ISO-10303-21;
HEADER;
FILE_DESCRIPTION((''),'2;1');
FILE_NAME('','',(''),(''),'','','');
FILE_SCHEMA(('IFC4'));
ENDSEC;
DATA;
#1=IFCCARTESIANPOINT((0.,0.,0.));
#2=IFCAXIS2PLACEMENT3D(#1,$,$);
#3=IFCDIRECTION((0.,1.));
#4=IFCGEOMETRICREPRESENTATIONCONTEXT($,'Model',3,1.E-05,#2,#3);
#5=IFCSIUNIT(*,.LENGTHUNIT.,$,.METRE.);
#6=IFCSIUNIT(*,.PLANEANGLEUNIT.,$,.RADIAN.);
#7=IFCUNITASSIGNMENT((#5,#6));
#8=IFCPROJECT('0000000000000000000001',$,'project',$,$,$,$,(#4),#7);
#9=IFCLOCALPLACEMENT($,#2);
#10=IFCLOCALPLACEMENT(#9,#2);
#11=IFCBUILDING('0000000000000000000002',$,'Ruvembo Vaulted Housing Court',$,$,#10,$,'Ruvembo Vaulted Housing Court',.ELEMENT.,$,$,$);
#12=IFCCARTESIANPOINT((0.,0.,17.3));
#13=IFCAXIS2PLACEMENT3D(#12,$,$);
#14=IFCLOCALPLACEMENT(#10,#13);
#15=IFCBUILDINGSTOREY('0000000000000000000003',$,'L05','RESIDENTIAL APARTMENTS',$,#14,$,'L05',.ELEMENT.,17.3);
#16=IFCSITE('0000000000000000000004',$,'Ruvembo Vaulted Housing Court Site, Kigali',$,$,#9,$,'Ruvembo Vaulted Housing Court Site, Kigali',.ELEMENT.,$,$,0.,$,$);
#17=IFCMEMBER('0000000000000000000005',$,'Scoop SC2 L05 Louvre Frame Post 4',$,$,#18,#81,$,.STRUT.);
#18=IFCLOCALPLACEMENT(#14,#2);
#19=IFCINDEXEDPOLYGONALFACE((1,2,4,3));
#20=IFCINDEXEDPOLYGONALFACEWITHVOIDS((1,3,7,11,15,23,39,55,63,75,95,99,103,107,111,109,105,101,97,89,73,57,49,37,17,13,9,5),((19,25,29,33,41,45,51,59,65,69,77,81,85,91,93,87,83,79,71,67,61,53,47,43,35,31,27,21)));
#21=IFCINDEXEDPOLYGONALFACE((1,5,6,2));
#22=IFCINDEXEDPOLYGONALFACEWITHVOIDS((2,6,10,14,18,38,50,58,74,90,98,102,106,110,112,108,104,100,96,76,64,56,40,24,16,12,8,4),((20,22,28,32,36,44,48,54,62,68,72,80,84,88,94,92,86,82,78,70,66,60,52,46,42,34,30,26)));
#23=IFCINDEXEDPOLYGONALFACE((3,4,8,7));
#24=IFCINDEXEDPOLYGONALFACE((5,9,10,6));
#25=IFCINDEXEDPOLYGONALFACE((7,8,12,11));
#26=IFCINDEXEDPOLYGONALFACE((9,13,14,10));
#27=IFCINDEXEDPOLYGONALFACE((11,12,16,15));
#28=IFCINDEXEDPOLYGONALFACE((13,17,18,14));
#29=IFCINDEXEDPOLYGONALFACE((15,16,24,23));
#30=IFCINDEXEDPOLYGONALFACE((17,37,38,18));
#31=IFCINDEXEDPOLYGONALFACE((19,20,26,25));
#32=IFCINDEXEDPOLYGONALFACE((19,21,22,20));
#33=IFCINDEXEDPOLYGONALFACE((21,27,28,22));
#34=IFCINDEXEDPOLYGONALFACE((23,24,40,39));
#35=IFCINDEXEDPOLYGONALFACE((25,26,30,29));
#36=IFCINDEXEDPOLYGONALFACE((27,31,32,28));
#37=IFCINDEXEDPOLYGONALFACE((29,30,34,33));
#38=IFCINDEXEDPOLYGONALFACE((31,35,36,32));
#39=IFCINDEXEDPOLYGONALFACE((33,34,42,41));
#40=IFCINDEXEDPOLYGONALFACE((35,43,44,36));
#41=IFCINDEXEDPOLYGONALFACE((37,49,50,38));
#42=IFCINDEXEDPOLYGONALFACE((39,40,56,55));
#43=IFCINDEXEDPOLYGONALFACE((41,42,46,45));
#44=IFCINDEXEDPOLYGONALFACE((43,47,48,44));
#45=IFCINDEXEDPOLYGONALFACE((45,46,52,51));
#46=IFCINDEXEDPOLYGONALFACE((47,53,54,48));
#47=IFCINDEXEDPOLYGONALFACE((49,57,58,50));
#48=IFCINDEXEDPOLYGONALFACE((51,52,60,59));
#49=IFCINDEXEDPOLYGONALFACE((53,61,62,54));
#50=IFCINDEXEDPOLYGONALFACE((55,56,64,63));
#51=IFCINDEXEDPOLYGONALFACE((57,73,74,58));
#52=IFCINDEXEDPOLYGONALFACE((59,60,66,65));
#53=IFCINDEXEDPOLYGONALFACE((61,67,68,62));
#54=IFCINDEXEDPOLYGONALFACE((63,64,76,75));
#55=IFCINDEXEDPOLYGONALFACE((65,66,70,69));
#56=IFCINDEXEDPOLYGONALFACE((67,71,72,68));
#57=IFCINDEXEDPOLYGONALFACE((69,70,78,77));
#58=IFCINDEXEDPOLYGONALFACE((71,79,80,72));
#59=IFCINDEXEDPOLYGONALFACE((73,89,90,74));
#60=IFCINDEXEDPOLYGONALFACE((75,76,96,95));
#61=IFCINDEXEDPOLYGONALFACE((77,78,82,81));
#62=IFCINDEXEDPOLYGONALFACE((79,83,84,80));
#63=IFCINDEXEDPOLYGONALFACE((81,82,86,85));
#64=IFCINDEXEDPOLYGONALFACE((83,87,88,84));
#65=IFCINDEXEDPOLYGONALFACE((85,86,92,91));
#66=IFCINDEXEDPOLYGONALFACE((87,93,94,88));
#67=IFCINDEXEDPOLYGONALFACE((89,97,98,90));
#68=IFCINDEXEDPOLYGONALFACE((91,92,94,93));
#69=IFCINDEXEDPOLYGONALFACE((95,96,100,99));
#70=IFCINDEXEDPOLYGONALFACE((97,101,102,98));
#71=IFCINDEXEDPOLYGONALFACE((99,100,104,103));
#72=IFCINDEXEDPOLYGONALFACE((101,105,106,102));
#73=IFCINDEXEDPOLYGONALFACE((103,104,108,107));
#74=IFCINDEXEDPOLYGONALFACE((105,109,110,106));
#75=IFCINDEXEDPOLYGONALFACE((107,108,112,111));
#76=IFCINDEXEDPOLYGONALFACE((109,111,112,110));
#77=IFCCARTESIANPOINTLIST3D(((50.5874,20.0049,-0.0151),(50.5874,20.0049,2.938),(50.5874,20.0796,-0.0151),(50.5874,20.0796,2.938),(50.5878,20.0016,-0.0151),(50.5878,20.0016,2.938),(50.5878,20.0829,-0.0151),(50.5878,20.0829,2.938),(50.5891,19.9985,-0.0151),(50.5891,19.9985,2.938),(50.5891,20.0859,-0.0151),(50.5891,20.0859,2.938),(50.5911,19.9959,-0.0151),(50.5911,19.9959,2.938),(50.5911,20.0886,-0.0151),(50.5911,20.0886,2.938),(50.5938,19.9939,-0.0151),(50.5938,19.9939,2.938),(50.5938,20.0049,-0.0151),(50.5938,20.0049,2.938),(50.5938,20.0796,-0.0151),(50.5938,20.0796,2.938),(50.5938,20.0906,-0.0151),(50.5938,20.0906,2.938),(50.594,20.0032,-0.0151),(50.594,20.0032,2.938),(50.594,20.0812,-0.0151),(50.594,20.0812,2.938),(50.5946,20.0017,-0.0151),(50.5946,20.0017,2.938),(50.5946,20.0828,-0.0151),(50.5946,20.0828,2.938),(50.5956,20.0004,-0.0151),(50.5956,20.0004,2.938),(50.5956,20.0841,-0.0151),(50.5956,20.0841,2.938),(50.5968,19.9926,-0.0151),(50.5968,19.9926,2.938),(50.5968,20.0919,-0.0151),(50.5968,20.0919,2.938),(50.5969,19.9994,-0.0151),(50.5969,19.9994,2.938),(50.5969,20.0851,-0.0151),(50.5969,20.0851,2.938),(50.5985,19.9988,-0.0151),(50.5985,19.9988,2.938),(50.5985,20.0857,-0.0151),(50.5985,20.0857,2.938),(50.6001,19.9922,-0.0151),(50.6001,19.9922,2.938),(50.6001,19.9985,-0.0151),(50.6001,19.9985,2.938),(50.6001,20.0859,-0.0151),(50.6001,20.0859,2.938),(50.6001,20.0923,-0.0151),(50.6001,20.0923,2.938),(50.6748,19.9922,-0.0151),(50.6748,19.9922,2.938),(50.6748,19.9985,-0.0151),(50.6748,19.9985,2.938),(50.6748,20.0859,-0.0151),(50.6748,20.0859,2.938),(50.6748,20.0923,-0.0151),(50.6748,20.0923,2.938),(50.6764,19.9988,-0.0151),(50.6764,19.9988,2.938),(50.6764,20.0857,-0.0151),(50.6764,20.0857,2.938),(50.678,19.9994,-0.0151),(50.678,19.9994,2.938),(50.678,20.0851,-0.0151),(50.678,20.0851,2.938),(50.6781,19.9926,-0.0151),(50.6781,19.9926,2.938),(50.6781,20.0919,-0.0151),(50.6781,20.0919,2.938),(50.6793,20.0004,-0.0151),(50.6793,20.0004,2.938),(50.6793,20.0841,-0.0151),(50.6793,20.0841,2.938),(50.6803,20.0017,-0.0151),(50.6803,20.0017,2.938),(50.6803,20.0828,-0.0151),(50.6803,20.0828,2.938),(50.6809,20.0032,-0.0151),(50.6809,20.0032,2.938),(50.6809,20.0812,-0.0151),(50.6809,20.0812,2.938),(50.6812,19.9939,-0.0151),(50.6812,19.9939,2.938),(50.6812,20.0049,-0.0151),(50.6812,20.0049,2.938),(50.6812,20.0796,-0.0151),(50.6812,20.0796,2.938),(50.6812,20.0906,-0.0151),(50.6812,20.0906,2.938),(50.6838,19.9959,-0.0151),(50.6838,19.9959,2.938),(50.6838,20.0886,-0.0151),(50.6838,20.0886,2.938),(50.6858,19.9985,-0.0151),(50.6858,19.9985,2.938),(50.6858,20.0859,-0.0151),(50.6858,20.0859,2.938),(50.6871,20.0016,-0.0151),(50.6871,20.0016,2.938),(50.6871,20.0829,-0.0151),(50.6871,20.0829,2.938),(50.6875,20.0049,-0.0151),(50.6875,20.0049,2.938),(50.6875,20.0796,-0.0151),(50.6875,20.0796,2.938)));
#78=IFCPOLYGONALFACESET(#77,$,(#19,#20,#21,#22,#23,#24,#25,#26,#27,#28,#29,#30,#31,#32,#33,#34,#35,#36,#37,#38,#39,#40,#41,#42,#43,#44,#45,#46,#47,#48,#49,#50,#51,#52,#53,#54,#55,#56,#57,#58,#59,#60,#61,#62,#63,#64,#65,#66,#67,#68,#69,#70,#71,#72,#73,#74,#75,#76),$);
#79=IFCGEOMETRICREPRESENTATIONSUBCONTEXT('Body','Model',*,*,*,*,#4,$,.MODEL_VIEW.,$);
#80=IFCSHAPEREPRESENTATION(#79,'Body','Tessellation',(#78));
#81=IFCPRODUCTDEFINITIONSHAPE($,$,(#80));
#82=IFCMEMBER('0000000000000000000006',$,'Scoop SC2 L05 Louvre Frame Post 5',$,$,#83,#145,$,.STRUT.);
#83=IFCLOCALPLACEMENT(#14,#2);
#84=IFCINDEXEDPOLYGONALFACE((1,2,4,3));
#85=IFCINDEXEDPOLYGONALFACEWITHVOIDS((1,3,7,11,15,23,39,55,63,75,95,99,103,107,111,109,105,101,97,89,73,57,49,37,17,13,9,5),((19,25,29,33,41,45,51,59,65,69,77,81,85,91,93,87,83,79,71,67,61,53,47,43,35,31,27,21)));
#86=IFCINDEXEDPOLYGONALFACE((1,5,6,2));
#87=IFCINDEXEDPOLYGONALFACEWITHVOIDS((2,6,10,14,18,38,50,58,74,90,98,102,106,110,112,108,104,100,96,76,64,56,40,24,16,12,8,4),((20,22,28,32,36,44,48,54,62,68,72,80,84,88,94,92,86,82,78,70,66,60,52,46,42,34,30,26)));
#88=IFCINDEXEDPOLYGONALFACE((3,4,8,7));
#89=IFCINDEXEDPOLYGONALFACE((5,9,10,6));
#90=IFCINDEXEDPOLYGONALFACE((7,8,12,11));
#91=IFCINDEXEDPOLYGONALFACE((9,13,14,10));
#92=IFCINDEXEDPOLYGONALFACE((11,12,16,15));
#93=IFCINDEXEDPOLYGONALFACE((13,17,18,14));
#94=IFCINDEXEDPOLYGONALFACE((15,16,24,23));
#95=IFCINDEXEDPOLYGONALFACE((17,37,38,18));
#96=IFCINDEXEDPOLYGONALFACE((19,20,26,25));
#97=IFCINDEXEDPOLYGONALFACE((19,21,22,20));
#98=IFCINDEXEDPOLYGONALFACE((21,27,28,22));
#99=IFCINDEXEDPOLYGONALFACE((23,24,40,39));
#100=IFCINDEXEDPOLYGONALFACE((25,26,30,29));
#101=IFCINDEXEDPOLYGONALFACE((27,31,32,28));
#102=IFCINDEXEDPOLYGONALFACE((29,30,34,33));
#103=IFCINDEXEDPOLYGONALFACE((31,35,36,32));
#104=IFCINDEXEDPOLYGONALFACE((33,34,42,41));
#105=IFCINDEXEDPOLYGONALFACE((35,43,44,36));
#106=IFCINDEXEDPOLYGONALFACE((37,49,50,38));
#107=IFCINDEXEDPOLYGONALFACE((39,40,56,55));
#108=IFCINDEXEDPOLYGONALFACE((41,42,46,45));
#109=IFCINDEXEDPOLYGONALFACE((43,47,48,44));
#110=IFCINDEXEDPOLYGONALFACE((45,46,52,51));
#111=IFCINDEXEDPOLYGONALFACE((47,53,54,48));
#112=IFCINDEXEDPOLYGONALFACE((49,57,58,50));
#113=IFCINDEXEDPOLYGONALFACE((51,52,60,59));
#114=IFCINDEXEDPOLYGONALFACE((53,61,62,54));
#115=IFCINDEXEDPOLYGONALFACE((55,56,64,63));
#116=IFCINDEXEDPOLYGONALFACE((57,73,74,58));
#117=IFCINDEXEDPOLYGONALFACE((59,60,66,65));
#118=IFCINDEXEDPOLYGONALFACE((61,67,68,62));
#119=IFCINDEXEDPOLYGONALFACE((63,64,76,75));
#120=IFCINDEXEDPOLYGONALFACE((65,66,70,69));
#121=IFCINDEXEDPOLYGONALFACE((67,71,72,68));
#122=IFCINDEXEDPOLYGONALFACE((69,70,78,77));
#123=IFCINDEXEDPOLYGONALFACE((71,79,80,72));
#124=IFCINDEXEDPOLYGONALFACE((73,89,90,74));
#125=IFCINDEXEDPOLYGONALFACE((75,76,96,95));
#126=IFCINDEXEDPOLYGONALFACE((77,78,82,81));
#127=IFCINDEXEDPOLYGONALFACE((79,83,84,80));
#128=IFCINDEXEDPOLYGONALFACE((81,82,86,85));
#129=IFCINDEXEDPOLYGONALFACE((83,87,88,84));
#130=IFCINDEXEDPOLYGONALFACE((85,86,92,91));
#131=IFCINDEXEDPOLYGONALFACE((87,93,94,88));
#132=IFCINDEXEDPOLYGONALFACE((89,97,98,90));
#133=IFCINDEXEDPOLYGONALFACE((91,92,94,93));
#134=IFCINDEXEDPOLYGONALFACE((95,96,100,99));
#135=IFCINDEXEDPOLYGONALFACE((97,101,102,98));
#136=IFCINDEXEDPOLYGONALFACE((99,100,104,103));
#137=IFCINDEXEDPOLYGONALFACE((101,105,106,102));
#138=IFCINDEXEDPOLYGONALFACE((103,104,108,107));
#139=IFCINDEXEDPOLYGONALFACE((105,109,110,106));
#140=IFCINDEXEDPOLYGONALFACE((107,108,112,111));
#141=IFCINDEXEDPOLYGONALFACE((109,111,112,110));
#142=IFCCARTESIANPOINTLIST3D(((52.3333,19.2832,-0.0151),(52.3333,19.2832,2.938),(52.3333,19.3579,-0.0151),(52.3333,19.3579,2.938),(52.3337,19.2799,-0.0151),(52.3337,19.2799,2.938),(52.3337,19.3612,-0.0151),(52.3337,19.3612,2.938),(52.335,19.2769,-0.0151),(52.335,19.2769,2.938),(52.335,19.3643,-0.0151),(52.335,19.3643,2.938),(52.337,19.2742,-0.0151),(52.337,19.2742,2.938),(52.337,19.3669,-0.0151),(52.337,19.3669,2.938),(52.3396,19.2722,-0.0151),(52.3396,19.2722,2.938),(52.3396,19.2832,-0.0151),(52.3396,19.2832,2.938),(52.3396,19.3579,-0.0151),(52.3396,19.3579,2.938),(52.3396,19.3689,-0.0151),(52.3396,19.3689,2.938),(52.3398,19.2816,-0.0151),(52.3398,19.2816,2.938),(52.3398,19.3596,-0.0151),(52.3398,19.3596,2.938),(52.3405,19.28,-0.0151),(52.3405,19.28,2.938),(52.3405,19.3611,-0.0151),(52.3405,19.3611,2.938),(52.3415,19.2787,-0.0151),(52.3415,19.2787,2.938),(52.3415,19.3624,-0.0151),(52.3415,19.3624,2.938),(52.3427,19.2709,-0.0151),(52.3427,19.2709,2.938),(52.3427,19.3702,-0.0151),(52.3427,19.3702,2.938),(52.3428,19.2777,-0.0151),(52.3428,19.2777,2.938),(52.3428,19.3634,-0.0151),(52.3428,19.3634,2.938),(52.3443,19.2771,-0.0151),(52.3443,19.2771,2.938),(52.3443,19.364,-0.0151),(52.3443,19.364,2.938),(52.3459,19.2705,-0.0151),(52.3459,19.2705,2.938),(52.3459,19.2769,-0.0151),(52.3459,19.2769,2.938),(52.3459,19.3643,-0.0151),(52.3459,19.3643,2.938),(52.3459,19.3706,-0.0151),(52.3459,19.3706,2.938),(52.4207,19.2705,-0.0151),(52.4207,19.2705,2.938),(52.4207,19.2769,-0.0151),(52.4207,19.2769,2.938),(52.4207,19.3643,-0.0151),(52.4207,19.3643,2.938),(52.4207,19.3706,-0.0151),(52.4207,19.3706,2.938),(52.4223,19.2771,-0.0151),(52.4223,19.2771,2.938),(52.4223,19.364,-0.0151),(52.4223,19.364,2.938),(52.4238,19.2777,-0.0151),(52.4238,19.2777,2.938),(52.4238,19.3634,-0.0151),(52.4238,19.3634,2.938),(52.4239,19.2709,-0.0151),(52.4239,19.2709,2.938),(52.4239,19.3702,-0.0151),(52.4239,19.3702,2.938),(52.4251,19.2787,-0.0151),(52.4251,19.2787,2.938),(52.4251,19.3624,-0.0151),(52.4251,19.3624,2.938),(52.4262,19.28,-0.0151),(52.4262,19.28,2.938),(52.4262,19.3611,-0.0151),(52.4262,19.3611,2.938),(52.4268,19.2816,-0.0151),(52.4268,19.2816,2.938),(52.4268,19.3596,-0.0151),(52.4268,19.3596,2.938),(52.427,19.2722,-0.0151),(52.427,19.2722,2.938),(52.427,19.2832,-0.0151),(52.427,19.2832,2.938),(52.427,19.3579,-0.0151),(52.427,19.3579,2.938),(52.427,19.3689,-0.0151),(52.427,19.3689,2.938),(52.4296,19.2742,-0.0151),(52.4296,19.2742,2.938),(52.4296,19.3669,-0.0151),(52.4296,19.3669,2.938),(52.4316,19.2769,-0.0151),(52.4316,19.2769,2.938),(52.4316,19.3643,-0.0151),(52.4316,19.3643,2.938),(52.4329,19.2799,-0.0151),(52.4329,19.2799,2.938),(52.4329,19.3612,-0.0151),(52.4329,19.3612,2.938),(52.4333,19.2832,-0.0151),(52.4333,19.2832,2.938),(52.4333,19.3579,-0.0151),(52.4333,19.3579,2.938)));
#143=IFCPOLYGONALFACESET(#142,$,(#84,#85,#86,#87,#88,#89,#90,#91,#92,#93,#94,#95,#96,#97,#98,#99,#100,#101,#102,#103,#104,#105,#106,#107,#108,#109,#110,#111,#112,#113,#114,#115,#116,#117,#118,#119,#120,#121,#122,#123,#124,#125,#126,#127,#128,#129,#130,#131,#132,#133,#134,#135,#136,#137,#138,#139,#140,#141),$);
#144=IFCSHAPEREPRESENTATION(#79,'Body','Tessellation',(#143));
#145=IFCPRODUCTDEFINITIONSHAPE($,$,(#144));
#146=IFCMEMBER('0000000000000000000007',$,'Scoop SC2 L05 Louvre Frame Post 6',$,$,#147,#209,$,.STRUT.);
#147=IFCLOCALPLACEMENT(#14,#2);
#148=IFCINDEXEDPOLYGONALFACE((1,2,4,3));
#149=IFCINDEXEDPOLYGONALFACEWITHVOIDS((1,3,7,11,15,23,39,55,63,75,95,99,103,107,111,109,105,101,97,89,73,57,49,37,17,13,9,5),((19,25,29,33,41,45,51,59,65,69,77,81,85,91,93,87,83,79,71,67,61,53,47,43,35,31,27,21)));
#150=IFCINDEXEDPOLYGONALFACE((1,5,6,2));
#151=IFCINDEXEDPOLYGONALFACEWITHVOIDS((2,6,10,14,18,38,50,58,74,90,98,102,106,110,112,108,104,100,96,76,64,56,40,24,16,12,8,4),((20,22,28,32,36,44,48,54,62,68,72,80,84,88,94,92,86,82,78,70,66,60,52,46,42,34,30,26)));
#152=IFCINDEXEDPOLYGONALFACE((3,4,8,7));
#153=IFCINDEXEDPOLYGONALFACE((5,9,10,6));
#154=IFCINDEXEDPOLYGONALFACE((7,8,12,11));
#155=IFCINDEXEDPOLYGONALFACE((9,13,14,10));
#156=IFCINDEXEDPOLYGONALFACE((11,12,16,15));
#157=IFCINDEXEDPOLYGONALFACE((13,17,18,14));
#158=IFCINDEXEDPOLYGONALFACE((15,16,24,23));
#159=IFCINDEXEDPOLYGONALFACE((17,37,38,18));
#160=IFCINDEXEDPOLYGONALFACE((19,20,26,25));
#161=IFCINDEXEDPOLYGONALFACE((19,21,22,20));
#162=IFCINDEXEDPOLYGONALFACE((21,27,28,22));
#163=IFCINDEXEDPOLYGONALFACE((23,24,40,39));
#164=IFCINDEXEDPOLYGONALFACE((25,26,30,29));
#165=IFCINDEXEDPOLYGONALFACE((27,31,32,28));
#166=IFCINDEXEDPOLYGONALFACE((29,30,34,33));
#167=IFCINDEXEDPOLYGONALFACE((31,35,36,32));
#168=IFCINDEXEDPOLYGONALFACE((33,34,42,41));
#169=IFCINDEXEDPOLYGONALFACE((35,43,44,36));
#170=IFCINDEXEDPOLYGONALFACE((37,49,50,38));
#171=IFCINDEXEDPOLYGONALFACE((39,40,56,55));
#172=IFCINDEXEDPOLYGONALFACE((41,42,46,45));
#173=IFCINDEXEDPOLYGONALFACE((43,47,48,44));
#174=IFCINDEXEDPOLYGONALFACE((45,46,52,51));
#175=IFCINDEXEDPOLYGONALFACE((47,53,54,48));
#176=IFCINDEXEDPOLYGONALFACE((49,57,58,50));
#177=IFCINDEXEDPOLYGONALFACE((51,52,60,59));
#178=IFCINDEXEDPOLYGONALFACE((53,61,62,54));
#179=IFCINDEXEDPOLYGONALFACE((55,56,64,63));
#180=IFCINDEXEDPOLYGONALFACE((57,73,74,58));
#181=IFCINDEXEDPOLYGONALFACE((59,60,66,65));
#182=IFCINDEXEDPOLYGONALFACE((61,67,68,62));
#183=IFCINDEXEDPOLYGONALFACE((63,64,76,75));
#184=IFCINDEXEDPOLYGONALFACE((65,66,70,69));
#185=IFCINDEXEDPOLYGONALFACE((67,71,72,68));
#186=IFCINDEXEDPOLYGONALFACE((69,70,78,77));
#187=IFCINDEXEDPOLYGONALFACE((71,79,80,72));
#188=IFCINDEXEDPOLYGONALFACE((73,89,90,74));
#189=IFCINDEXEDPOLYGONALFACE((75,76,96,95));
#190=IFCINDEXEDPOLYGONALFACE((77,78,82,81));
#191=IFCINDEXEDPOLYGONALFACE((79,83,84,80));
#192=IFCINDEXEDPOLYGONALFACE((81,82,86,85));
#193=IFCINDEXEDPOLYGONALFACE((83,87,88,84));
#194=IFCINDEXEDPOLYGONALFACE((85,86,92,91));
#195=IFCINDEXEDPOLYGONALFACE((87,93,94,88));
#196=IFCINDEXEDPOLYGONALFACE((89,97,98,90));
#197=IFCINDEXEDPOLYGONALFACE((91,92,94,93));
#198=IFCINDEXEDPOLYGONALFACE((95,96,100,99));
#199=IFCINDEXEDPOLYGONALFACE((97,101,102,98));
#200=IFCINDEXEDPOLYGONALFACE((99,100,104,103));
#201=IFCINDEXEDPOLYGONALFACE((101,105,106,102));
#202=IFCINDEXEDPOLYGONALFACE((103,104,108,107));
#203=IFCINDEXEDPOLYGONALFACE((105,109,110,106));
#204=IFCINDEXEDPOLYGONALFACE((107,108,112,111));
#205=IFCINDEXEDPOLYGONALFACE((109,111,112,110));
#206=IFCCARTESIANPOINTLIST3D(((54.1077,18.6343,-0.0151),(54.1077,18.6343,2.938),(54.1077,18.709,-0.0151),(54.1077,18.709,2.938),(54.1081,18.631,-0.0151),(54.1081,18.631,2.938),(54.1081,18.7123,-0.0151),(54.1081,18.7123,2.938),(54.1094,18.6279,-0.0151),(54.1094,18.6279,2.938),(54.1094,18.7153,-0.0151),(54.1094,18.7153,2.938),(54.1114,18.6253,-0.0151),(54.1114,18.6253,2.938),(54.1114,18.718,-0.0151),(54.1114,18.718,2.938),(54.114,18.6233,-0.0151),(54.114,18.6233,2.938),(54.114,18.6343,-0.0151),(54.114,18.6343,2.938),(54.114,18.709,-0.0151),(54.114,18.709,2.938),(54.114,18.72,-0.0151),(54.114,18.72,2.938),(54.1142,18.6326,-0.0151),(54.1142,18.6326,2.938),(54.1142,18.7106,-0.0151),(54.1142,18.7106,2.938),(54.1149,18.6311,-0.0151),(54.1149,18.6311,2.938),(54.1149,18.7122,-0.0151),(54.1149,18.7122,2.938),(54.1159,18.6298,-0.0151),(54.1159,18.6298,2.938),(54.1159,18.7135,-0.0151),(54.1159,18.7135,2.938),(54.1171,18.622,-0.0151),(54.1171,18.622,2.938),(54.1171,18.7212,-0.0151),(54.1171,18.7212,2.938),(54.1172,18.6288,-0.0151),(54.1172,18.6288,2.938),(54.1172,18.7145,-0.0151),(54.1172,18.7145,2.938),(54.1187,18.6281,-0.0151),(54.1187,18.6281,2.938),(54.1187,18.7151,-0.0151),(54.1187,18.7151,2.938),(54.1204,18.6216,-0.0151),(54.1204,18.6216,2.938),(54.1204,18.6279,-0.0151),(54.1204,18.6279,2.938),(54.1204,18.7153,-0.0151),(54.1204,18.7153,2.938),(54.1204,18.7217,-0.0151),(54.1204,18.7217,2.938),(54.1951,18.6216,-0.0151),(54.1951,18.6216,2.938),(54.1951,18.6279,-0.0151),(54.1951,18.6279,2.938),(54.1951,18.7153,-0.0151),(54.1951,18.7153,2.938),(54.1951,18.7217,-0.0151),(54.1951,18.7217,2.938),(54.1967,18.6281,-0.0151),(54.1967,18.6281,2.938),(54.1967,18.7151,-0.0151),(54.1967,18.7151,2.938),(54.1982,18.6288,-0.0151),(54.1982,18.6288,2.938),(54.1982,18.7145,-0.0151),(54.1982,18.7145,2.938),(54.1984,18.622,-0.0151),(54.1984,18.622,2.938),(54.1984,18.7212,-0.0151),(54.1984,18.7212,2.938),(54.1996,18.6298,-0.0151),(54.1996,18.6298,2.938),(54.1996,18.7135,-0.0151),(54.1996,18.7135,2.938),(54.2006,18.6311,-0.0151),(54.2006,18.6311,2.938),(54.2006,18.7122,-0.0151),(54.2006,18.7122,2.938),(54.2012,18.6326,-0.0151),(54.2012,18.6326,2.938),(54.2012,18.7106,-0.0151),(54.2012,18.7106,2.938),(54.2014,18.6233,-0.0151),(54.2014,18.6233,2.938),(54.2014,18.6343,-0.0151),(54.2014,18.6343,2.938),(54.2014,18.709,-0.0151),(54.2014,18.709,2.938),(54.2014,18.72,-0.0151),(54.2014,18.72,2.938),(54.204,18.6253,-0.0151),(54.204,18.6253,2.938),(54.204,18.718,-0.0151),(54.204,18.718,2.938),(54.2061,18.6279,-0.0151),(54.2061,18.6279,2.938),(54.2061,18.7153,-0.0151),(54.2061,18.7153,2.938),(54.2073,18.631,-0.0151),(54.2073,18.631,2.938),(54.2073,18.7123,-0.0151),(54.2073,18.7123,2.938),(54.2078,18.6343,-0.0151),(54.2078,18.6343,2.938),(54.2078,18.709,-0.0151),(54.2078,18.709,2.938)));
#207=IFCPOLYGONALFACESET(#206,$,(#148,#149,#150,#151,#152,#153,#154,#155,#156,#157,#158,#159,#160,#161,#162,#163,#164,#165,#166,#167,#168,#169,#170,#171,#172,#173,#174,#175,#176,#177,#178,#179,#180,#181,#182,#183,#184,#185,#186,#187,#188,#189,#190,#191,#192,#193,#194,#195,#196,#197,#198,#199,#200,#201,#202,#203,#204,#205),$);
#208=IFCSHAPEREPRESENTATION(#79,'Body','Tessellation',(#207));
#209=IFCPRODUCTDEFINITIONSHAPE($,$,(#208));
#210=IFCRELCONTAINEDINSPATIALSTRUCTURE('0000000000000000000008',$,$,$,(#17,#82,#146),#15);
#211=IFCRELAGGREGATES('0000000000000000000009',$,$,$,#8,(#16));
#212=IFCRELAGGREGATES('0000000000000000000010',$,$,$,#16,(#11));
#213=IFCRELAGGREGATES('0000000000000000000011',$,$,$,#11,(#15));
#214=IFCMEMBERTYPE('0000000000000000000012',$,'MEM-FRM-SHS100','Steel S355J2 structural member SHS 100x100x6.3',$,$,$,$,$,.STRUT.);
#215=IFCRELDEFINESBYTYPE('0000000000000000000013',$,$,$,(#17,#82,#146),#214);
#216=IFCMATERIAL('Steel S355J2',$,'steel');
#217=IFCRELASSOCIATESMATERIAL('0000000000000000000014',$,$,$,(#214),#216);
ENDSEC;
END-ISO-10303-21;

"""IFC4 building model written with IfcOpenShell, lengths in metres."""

from ifc_helpers import new_model, si_unit, direction, frame, origin, origin_2d, place, context, subcontext, project, spatial, hollow_rectangle, extrude, material, material_profile, profile_set, type_object, element, save


model = new_model("IFC4")

# Units and contexts
model_context = context("Model", 3, precision=1e-05, world=origin(), true_north=direction((0.0, 1.0)))
body_context = subcontext(model_context, "Body", "Model", "MODEL_VIEW")
ifc_project = project(units=[si_unit("LENGTHUNIT", "METRE"), si_unit("PLANEANGLEUNIT", "RADIAN")], contexts=[model_context])

# Site, building, storey
site_placement = place(None, origin())
site = spatial("IfcSite", under=ifc_project, at=site_placement, Name="Ruvembo Vaulted Housing Court Site, Kigali", LongName="Ruvembo Vaulted Housing Court Site, Kigali", CompositionType="ELEMENT", RefElevation=0.0)
building_placement = place(site_placement, origin())
building = spatial("IfcBuilding", under=site, at=building_placement, Name="Ruvembo Vaulted Housing Court", LongName="Ruvembo Vaulted Housing Court", CompositionType="ELEMENT")
storey_placement = place(building_placement, frame((0.0, 0.0, 17.3)))
storey = spatial("IfcBuildingStorey", under=building, at=storey_placement, Name="L05", Description="RESIDENTIAL APARTMENTS", LongName="L05", CompositionType="ELEMENT", Elevation=17.3)

# Shared definitions
ifc_material_1 = material(Name="Steel S355J2", Category="steel")

# Members
ifc_material_profile_1 = material_profile(ifc_material_1, hollow_rectangle(XDim=0.1001, YDim=0.1001, WallThickness=0.0063, InnerFilletRadius=0.0063, OuterFilletRadius=0.0127, at=origin_2d()), Name="SHS 100x100x6.3")
ifc_profile_set_1 = profile_set([ifc_material_profile_1], Name="Steel S355J2")
member_type_1 = type_object("IfcMemberType", Name="MEM-FRM-SHS100", Description="Steel S355J2 structural member SHS 100x100x6.3", PredefinedType="STRUT", material=ifc_profile_set_1)
for number, where, z_axis, x_axis, name in (
    (1, (50.6375, 20.0422, -0.0151), (0.0, 0.0, 1.0), (1.0, 0.0, 0.0), "Scoop SC2 L05 Louvre Frame Post 4"),
    (2, (52.3833, 19.3206, -0.0151), (0.0, 0.0, 1.0), (1.0, 0.0, 0.0), "Scoop SC2 L05 Louvre Frame Post 5"),
    (3, (54.1577, 18.6716, -0.0151), (0.0, 0.0, 1.0), (1.0, 0.0, 0.0), "Scoop SC2 L05 Louvre Frame Post 6"),
):
    element("IfcMember", number, at=place(storey_placement, frame(where, z_axis=z_axis, x_axis=x_axis)), inside=storey, type_object=member_type_1, Name=name, PredefinedType="STRUT", context=body_context, shape_type="SweptSolid", body=[
        extrude(hollow_rectangle(XDim=0.1001, YDim=0.1001, WallThickness=0.0063, InnerFilletRadius=0.0063, OuterFilletRadius=0.0127, at=origin_2d()), origin(), (0.0, 0.0, 1.0), 2.9531),
    ])

save(model, "model.ifc")
